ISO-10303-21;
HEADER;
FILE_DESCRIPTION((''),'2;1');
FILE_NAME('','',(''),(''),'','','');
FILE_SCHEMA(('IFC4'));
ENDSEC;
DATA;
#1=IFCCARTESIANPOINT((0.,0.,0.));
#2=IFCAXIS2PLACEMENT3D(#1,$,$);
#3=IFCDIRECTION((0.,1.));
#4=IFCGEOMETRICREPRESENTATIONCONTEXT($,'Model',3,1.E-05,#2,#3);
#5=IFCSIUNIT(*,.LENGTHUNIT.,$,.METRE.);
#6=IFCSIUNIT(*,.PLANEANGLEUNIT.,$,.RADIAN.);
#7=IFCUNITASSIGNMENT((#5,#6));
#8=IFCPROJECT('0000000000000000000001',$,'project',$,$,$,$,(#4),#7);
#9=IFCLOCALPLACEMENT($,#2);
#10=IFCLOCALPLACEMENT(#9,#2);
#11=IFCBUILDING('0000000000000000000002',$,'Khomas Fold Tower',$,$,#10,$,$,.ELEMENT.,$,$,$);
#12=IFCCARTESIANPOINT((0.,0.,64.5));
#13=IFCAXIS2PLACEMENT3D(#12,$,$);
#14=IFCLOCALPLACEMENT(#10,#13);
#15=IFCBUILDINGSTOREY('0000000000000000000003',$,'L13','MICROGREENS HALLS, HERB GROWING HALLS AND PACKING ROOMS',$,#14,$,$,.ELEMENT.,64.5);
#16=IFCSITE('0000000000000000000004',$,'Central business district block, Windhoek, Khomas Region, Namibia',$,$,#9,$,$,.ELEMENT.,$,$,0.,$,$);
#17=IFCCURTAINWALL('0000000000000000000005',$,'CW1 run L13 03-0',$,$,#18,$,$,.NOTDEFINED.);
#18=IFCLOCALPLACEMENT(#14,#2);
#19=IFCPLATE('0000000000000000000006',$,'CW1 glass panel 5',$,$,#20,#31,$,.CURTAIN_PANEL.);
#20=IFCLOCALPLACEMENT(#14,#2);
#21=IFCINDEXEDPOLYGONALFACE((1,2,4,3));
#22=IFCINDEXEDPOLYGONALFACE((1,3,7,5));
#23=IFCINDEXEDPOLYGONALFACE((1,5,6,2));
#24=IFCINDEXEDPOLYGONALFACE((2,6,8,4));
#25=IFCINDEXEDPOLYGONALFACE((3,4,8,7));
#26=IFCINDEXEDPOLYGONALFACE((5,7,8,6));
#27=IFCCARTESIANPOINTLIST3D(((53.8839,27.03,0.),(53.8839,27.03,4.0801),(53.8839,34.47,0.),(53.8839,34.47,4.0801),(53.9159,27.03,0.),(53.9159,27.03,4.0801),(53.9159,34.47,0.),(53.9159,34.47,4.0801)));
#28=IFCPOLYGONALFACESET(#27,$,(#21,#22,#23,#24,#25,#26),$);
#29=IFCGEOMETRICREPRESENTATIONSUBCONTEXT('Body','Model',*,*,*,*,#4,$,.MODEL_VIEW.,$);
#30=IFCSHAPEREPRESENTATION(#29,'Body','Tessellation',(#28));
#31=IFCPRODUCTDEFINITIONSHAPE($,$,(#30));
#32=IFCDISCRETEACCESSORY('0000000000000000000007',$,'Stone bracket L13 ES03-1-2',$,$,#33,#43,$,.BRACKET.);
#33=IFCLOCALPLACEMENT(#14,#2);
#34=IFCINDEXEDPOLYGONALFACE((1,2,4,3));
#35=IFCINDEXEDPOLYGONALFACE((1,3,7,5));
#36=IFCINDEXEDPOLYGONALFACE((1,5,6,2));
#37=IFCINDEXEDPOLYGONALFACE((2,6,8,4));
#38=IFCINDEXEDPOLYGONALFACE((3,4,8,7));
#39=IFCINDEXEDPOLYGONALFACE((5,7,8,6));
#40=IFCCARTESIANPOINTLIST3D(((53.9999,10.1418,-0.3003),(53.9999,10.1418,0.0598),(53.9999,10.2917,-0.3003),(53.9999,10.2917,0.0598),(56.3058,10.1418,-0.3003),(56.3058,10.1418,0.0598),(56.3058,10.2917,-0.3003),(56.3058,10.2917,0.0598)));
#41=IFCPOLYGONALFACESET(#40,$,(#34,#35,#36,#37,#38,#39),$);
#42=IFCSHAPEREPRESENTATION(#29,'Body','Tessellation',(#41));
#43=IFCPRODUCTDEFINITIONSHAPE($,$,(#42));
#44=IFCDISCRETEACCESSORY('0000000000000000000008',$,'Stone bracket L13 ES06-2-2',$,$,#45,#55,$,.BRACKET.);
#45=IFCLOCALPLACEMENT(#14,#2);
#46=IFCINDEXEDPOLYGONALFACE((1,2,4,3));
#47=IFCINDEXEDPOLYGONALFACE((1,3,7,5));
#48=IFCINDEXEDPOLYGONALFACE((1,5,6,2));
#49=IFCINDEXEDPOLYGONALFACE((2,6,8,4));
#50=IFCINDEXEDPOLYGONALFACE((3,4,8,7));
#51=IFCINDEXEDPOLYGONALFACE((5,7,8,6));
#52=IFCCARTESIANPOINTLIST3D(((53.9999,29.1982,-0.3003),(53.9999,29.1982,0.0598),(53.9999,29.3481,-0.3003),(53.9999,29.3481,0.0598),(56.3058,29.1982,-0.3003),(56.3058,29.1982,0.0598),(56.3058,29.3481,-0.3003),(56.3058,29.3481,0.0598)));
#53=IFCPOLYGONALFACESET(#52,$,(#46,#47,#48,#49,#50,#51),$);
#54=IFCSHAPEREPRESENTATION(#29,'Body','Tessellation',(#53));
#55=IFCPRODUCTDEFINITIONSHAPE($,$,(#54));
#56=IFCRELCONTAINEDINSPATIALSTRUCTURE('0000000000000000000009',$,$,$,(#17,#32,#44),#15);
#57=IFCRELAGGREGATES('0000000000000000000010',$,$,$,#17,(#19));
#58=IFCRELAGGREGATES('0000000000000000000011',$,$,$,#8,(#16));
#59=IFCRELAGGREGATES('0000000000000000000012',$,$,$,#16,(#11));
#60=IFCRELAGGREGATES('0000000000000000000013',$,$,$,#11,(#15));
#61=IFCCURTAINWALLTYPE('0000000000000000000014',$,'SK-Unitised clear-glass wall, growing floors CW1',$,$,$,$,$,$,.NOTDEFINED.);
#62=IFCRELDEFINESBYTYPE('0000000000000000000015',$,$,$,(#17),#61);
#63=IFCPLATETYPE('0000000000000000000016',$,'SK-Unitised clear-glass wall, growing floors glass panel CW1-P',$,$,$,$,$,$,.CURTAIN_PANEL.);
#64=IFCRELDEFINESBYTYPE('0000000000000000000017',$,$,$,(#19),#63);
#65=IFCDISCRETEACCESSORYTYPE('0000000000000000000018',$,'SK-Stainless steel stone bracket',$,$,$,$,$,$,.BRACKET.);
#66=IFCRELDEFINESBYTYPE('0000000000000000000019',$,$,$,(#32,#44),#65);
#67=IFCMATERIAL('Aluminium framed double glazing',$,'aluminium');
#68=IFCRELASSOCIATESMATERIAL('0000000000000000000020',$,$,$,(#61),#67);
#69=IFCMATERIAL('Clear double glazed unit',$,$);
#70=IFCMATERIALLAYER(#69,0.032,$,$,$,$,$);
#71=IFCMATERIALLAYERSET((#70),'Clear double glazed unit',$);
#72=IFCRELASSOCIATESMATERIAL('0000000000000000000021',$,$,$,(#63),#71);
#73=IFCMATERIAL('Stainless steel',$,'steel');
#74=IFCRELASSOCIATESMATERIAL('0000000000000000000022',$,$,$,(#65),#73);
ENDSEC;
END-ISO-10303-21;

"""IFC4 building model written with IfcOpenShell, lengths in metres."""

from ifc_helpers import new_model, si_unit, direction, frame, origin, origin_2d, place, context, subcontext, project, spatial, rectangle, extrude, source, transform, mapped, material, layer, layer_set, type_object, element, aggregate, save


model = new_model("IFC4")

# Units and contexts
model_context = context("Model", 3, precision=1e-05, world=origin(), true_north=direction((0.0, 1.0)))
body_context = subcontext(model_context, "Body", "Model", "MODEL_VIEW")
ifc_project = project(units=[si_unit("LENGTHUNIT", "METRE"), si_unit("PLANEANGLEUNIT", "RADIAN")], contexts=[model_context])

# Site, building, storey
site_placement = place(None, origin())
site = spatial("IfcSite", under=ifc_project, at=site_placement, Name="Central business district block, Windhoek, Khomas Region, Namibia", CompositionType="ELEMENT", RefElevation=0.0)
building_placement = place(site_placement, origin())
building = spatial("IfcBuilding", under=site, at=building_placement, Name="Khomas Fold Tower", CompositionType="ELEMENT")
storey_placement = place(building_placement, frame((0.0, 0.0, 64.5)))
storey = spatial("IfcBuildingStorey", under=building, at=storey_placement, Name="L13", Description="MICROGREENS HALLS, HERB GROWING HALLS AND PACKING ROOMS", CompositionType="ELEMENT", Elevation=64.5)

# Curtain wall, plate
ifc_material_1 = material(Name="Aluminium framed double glazing", Category="aluminium")
curtain_wall_type = type_object("IfcCurtainWallType", Name="SK-Unitised clear-glass wall, growing floors CW1", PredefinedType="NOTDEFINED", material=ifc_material_1)
curtain_wall_placement = place(storey_placement, origin())
curtain_wall = element("IfcCurtainWall", 1, at=curtain_wall_placement, inside=storey, type_object=curtain_wall_type, Name="CW1 run L13 03-0", PredefinedType="NOTDEFINED")
ifc_material_2 = material(Name="Clear double glazed unit")
ifc_layer = layer(ifc_material_2, 0.032)
ifc_layer_set = layer_set([ifc_layer], Name="Clear double glazed unit")
plate_type = type_object("IfcPlateType", Name="SK-Unitised clear-glass wall, growing floors glass panel CW1-P", PredefinedType="CURTAIN_PANEL", material=ifc_layer_set)
shared_shape_1 = source(origin(), body_context, "Body", "SweptSolid", [
    extrude(rectangle(XDim=7.4399, YDim=0.032, at=origin_2d()), origin(), (0.0, 0.0, 1.0), 4.0801),
])
plate_1_placement = place(storey_placement, frame((53.8999, 30.75, 0.0), z_axis=(0.0, 0.0, 1.0), x_axis=(0.0, 1.0, 0.0)))
plate_1 = element("IfcPlate", 2, at=plate_1_placement, type_object=plate_type, Name="CW1 glass panel 5", PredefinedType="CURTAIN_PANEL", context=body_context, shape_type="MappedRepresentation", body=[
    mapped(shared_shape_1, transform((0.0, 0.0, 0.0))),
])
aggregate(curtain_wall, [plate_1])

# Discrete accessories
ifc_material_3 = material(Name="Stainless steel", Category="steel")
discrete_accessory_type = type_object("IfcDiscreteAccessoryType", Name="SK-Stainless steel stone bracket", PredefinedType="BRACKET", material=ifc_material_3)
shared_shape_2 = source(origin(), body_context, "Body", "SweptSolid", [
    extrude(rectangle(XDim=2.3059, YDim=0.1499, at=origin_2d()), origin(), (0.0, 0.0, 1.0), 0.3601),
])
for number, where, z_axis, x_axis, name in (
    (3, (55.1528, 10.2168, -0.3003), (0.0, 0.0, 1.0), (1.0, 0.0, 0.0), "Stone bracket L13 ES03-1-2"),
    (4, (55.1528, 29.2732, -0.3003), (0.0, 0.0, 1.0), (1.0, 0.0, 0.0), "Stone bracket L13 ES06-2-2"),
):
    element("IfcDiscreteAccessory", number, at=place(storey_placement, frame(where, z_axis=z_axis, x_axis=x_axis)), inside=storey, type_object=discrete_accessory_type, Name=name, PredefinedType="BRACKET", context=body_context, shape_type="MappedRepresentation", body=[
        mapped(shared_shape_2, transform((0.0, 0.0, 0.0))),
    ])

save(model, "model.ifc")
